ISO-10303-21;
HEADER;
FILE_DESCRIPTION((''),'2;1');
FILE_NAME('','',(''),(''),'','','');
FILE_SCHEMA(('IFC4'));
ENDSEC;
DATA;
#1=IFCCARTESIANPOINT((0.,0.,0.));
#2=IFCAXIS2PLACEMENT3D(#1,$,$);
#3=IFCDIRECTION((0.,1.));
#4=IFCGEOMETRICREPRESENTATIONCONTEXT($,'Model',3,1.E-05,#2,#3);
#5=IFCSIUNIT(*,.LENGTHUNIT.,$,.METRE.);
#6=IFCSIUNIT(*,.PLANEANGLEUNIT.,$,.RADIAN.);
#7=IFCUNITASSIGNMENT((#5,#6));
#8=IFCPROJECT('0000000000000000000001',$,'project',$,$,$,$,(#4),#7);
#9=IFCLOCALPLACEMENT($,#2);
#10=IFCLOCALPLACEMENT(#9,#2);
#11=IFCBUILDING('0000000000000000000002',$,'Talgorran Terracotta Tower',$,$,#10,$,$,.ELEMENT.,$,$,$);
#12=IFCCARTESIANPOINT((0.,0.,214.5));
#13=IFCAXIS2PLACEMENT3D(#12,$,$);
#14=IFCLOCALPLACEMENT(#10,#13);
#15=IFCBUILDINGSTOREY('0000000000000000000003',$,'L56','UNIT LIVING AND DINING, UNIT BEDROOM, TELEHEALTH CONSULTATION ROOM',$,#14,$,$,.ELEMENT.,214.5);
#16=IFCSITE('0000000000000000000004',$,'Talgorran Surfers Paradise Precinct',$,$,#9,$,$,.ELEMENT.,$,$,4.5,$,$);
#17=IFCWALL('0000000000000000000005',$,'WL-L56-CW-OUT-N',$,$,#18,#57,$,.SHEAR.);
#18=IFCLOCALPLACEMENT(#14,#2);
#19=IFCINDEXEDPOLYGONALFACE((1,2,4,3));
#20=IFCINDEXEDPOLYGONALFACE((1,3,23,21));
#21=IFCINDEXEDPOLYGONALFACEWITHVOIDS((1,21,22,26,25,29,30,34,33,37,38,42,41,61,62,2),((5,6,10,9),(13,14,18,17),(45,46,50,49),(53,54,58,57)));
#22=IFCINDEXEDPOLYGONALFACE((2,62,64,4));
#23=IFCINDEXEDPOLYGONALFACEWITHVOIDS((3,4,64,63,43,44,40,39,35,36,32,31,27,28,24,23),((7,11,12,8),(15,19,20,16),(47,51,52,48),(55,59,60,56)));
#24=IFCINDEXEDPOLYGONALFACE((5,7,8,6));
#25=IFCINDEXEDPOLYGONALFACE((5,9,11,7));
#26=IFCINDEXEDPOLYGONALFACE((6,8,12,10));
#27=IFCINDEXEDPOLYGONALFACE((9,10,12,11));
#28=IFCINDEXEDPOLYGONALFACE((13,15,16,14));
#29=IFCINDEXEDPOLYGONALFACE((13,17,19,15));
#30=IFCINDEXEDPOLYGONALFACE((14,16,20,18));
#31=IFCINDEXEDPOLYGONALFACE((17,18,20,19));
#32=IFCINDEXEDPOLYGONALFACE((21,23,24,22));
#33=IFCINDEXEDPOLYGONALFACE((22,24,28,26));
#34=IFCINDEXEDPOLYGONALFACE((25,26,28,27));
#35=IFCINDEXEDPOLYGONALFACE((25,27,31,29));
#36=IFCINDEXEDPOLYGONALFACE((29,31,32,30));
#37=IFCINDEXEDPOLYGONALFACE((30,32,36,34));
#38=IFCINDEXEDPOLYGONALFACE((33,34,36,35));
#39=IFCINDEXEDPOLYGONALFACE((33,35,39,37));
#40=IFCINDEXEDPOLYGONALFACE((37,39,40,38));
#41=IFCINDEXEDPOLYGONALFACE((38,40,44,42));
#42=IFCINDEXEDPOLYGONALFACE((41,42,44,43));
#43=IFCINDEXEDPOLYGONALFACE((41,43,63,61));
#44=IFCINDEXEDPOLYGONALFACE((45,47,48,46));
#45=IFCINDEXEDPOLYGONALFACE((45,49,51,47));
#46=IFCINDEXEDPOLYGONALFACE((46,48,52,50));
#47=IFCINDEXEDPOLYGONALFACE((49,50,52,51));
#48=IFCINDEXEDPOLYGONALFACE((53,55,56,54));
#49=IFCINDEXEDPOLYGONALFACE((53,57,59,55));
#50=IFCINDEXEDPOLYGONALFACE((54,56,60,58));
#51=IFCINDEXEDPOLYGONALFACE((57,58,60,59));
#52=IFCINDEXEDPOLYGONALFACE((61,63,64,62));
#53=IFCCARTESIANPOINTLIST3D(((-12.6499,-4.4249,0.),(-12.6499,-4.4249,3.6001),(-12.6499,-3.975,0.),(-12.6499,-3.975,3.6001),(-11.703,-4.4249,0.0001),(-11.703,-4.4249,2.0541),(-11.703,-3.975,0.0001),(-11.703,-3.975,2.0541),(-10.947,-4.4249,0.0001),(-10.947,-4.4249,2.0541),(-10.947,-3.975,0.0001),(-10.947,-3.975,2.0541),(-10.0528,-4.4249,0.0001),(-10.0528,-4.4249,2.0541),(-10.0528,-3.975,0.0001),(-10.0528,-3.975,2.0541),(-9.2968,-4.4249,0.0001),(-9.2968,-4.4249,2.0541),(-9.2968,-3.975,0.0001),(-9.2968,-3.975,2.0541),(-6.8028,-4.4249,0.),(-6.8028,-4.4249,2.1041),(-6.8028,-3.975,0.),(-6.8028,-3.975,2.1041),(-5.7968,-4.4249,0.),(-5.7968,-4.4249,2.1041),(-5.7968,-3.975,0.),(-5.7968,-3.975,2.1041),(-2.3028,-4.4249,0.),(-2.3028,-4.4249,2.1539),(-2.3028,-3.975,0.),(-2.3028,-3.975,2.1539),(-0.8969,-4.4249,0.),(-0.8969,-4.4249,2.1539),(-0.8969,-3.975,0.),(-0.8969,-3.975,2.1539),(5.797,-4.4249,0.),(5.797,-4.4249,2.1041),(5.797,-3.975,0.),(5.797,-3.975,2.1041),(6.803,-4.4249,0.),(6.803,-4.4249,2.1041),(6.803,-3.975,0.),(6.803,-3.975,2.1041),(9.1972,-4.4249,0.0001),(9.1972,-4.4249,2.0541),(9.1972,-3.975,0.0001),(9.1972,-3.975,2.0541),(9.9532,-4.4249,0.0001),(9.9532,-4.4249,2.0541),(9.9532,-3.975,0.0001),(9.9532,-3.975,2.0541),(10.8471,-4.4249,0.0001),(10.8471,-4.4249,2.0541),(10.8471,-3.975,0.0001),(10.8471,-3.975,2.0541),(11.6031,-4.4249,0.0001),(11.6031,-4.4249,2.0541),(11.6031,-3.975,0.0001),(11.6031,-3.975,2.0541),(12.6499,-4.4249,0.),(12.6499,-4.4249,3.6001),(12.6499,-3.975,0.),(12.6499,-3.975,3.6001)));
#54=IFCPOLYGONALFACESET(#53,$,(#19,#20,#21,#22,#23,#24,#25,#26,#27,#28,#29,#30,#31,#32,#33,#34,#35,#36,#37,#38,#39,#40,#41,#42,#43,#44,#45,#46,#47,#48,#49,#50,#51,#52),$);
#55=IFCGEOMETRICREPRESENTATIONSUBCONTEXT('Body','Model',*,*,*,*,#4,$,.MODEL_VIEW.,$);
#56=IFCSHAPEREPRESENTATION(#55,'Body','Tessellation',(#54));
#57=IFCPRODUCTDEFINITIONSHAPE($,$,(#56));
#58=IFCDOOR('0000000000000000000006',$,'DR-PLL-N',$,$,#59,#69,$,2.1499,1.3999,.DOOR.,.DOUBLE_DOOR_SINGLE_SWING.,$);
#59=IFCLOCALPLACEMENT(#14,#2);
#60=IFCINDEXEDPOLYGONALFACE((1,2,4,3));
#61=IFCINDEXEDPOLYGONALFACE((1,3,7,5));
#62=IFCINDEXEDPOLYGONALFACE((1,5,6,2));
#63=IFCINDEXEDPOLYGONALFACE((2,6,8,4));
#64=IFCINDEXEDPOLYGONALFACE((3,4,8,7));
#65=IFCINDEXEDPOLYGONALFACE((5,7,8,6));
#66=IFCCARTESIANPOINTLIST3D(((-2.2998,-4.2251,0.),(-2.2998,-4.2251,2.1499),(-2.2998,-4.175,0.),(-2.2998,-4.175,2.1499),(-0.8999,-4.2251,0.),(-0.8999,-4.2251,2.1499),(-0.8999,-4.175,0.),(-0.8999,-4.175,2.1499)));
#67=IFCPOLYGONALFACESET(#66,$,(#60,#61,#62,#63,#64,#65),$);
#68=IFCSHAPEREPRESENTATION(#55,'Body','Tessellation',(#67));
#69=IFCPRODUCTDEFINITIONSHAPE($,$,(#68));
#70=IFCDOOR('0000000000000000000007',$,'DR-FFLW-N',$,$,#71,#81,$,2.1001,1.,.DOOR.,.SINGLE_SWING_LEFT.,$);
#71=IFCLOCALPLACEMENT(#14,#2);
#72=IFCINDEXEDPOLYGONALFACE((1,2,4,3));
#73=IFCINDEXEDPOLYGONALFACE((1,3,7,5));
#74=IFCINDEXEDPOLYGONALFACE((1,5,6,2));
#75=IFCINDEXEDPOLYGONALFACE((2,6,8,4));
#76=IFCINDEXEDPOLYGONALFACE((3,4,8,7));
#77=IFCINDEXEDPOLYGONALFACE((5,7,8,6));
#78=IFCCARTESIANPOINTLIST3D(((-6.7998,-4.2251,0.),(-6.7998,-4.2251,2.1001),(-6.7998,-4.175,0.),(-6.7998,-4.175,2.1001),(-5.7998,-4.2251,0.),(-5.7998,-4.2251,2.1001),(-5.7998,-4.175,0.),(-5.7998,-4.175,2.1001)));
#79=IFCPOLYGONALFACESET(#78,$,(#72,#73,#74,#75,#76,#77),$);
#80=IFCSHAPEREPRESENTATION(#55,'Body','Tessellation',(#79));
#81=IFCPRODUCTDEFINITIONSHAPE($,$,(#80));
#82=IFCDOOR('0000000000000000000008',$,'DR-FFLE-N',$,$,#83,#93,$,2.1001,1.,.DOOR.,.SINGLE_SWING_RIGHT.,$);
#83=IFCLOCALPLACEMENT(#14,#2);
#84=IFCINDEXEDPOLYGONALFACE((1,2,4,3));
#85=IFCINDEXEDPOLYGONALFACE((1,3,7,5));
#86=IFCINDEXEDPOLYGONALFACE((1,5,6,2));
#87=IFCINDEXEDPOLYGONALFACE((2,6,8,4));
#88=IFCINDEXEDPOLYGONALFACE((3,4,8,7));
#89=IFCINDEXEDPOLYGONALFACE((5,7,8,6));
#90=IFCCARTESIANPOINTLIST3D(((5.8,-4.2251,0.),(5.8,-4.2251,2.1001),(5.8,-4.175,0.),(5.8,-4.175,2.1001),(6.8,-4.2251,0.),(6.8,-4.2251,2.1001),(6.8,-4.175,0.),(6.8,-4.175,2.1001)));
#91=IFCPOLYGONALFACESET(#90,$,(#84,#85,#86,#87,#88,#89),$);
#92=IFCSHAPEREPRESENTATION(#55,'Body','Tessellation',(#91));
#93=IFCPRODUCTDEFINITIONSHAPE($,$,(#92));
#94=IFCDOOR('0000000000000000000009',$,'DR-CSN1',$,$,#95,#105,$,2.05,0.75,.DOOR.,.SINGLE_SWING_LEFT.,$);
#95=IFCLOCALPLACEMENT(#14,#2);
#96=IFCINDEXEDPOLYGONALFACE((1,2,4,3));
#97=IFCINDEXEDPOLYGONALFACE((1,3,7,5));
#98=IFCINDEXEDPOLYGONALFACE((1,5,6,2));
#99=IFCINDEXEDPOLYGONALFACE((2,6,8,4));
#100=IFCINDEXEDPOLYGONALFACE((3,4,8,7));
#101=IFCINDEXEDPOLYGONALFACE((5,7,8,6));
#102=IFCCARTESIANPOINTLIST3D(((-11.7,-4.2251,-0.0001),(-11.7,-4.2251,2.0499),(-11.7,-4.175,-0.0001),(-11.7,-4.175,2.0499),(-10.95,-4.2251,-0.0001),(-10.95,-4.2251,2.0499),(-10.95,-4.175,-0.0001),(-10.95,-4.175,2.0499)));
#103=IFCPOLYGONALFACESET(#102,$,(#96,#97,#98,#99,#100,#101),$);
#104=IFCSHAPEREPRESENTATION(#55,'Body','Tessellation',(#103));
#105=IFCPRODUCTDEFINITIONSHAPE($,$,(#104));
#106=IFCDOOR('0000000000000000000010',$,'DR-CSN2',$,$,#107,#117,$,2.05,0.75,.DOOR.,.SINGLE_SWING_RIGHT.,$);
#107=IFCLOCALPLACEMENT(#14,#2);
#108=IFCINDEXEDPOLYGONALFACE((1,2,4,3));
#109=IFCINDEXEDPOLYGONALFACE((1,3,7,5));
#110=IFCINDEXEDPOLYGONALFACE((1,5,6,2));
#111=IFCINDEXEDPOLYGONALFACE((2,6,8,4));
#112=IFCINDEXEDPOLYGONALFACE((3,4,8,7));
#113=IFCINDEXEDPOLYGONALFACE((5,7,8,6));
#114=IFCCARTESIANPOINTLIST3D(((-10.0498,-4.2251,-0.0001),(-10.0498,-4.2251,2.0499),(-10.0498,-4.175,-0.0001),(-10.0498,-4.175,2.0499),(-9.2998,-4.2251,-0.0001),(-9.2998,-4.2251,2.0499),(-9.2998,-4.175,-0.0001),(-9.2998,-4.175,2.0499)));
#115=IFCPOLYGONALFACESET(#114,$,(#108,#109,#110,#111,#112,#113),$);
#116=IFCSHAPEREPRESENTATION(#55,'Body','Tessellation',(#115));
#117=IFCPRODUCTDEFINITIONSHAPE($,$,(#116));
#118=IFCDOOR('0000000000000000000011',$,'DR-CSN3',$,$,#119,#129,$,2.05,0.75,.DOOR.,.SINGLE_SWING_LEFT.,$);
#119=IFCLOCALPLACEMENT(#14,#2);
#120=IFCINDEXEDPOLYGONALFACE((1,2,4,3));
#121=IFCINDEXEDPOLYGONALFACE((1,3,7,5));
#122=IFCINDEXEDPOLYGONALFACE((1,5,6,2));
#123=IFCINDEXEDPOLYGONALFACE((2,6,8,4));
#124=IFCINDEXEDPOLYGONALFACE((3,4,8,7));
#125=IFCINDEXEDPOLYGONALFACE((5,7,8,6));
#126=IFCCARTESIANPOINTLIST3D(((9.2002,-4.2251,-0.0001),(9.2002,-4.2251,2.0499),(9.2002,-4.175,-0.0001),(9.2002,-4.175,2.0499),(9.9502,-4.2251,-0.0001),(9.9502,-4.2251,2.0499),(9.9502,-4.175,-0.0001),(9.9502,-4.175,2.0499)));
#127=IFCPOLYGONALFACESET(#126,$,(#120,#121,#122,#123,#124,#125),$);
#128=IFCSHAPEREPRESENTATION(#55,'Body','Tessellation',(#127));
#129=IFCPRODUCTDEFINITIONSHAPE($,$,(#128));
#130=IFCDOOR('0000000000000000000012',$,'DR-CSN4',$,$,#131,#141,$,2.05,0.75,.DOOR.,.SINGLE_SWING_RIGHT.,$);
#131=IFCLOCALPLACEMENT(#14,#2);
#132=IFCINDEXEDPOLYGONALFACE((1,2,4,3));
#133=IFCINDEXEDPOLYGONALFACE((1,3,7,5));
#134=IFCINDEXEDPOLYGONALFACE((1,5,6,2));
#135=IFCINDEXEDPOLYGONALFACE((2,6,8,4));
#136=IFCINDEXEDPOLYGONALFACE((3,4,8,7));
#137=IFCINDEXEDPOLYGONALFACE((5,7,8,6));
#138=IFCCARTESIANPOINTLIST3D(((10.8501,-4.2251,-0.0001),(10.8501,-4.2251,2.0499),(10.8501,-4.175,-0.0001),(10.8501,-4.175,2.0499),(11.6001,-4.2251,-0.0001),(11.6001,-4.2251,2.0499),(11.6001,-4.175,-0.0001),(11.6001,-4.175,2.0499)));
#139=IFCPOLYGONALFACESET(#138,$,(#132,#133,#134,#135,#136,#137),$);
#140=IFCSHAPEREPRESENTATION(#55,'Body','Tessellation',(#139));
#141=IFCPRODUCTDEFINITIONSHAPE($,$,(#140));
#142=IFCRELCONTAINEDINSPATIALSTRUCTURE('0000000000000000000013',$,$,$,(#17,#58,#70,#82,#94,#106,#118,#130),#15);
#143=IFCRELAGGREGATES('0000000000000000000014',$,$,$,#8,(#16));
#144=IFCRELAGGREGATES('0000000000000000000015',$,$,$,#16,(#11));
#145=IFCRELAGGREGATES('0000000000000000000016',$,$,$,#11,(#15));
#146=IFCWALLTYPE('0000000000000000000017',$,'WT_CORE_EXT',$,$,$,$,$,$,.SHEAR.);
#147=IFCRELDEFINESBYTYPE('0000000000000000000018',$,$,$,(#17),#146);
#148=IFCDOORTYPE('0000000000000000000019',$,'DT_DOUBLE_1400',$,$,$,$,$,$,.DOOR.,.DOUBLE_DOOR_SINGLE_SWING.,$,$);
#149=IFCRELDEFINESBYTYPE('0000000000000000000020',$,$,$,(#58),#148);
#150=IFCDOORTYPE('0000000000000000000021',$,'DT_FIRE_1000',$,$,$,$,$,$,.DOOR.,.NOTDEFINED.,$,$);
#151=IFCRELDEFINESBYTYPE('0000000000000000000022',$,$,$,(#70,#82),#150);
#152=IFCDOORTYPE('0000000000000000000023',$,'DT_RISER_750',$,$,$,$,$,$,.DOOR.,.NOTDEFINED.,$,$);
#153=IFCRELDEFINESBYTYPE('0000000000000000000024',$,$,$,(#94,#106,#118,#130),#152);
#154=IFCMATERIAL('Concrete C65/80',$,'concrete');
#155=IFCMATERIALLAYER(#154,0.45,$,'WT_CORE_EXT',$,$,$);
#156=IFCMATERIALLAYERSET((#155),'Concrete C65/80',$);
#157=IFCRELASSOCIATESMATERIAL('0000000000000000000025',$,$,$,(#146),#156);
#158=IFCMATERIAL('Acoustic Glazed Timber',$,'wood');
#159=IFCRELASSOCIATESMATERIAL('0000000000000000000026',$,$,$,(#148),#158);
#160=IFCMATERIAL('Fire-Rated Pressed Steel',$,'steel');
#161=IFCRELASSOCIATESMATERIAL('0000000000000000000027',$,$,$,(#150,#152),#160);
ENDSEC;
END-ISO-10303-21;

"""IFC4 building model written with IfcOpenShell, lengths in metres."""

from ifc_helpers import new_model, si_unit, direction, frame, frame_2d, origin, place, context, subcontext, project, spatial, rectangle, extrude, material, layer, layer_set, type_object, element, fill, save


model = new_model("IFC4")

# Units and contexts
model_context = context("Model", 3, precision=1e-05, world=origin(), true_north=direction((0.0, 1.0)))
body_context = subcontext(model_context, "Body", "Model", "MODEL_VIEW")
ifc_project = project(units=[si_unit("LENGTHUNIT", "METRE"), si_unit("PLANEANGLEUNIT", "RADIAN")], contexts=[model_context])

# Site, building, storey
site_placement = place(None, origin())
site = spatial("IfcSite", under=ifc_project, at=site_placement, Name="Talgorran Surfers Paradise Precinct", CompositionType="ELEMENT", RefElevation=4.5)
building_placement = place(site_placement, origin())
building = spatial("IfcBuilding", under=site, at=building_placement, Name="Talgorran Terracotta Tower", CompositionType="ELEMENT")
storey_placement = place(building_placement, frame((0.0, 0.0, 214.5)))
storey = spatial("IfcBuildingStorey", under=building, at=storey_placement, Name="L56", Description="UNIT LIVING AND DINING, UNIT BEDROOM, TELEHEALTH CONSULTATION ROOM", CompositionType="ELEMENT", Elevation=214.5)

# Wall, openings, doors
ifc_material_1 = material(Name="Concrete C65/80", Category="concrete")
ifc_layer_1 = layer(ifc_material_1, 0.45, Name="WT_CORE_EXT")
ifc_layer_set_1 = layer_set([ifc_layer_1], Name="Concrete C65/80")
wall_type_1 = type_object("IfcWallType", Name="WT_CORE_EXT", PredefinedType="SHEAR", material=ifc_layer_set_1)
wall_1_placement = place(storey_placement, frame((-12.6499, -4.2, 0.0), z_axis=(0.0, 0.0, 1.0), x_axis=(1.0, 0.0, 0.0)))
wall_1 = element("IfcWall", 1, at=wall_1_placement, inside=storey, type_object=wall_type_1, Name="WL-L56-CW-OUT-N", PredefinedType="SHEAR", context=body_context, shape_type="SweptSolid", body=[
    extrude(rectangle(XDim=25.2998, YDim=0.45, at=frame_2d((12.6499, 0.0))), origin(), (0.0, 0.0, 1.0), 3.6001),
])
opening_1_placement = place(wall_1_placement, frame((0.95, 0.0, 0.0)))
opening_1 = element("IfcOpeningElement", 2, at=opening_1_placement, cuts=wall_1, PredefinedType="OPENING", context=body_context, shape_type="SweptSolid", body=[
    extrude(rectangle(XDim=0.756, YDim=2.054, at=frame_2d((0.375, 1.0271))), frame((0.0, 0.2349, 0.0), z_axis=(0.0, -1.0, 0.0), x_axis=(1.0, 0.0, 0.0)), (0.0, 0.0, 1.0), 0.47),
])
opening_2_placement = place(wall_1_placement, frame((2.6001, 0.0, 0.0)))
opening_2 = element("IfcOpeningElement", 3, at=opening_2_placement, cuts=wall_1, PredefinedType="OPENING", context=body_context, shape_type="SweptSolid", body=[
    extrude(rectangle(XDim=0.756, YDim=2.054, at=frame_2d((0.375, 1.0271))), frame((0.0, 0.2349, 0.0), z_axis=(0.0, -1.0, 0.0), x_axis=(1.0, 0.0, 0.0)), (0.0, 0.0, 1.0), 0.47),
])
opening_3_placement = place(wall_1_placement, frame((21.8501, 0.0, 0.0)))
opening_3 = element("IfcOpeningElement", 4, at=opening_3_placement, cuts=wall_1, PredefinedType="OPENING", context=body_context, shape_type="SweptSolid", body=[
    extrude(rectangle(XDim=0.756, YDim=2.054, at=frame_2d((0.375, 1.0271))), frame((0.0, 0.2349, 0.0), z_axis=(0.0, -1.0, 0.0), x_axis=(1.0, 0.0, 0.0)), (0.0, 0.0, 1.0), 0.47),
])
opening_4_placement = place(wall_1_placement, frame((23.5, 0.0, 0.0)))
opening_4 = element("IfcOpeningElement", 5, at=opening_4_placement, cuts=wall_1, PredefinedType="OPENING", context=body_context, shape_type="SweptSolid", body=[
    extrude(rectangle(XDim=0.756, YDim=2.054, at=frame_2d((0.375, 1.0271))), frame((0.0, 0.2349, 0.0), z_axis=(0.0, -1.0, 0.0), x_axis=(1.0, 0.0, 0.0)), (0.0, 0.0, 1.0), 0.47),
])
opening_5_placement = place(wall_1_placement, frame((5.8501, 0.0, 0.0)))
opening_5 = element("IfcOpeningElement", 6, at=opening_5_placement, cuts=wall_1, PredefinedType="OPENING", context=body_context, shape_type="SweptSolid", body=[
    extrude(rectangle(XDim=1.006, YDim=2.1041, at=frame_2d((0.5, 1.052))), frame((0.0, 0.2349, 0.0), z_axis=(0.0, -1.0, 0.0), x_axis=(1.0, 0.0, 0.0)), (0.0, 0.0, 1.0), 0.47),
])
opening_6_placement = place(wall_1_placement, frame((10.3501, 0.0, 0.0)))
opening_6 = element("IfcOpeningElement", 7, at=opening_6_placement, cuts=wall_1, PredefinedType="OPENING", context=body_context, shape_type="SweptSolid", body=[
    extrude(rectangle(XDim=1.4059, YDim=2.1539, at=frame_2d((0.7, 1.0769))), frame((0.0, 0.2349, 0.0), z_axis=(0.0, -1.0, 0.0), x_axis=(1.0, 0.0, 0.0)), (0.0, 0.0, 1.0), 0.47),
])
opening_7_placement = place(wall_1_placement, frame((18.45, 0.0, 0.0)))
opening_7 = element("IfcOpeningElement", 8, at=opening_7_placement, cuts=wall_1, PredefinedType="OPENING", context=body_context, shape_type="SweptSolid", body=[
    extrude(rectangle(XDim=1.006, YDim=2.1041, at=frame_2d((0.5, 1.052))), frame((0.0, 0.2349, 0.0), z_axis=(0.0, -1.0, 0.0), x_axis=(1.0, 0.0, 0.0)), (0.0, 0.0, 1.0), 0.47),
])
ifc_material_2 = material(Name="Acoustic Glazed Timber", Category="wood")
door_type_1 = type_object("IfcDoorType", Name="DT_DOUBLE_1400", OperationType="DOUBLE_DOOR_SINGLE_SWING", PredefinedType="DOOR", material=ifc_material_2)
door_1_placement = place(opening_6_placement, origin())
door_1 = element("IfcDoor", 9, at=door_1_placement, inside=storey, type_object=door_type_1, Name="DR-PLL-N", OperationType="DOUBLE_DOOR_SINGLE_SWING", OverallHeight=2.1499, OverallWidth=1.3999, PredefinedType="DOOR", context=body_context, shape_type="SweptSolid", body=[
    extrude(rectangle(XDim=1.3999, YDim=2.1499, at=frame_2d((0.7, 1.075))), frame((0.0, 0.0249, 0.0), z_axis=(0.0, -1.0, 0.0), x_axis=(1.0, 0.0, 0.0)), (0.0, 0.0, 1.0), 0.05),
])
fill(opening_6, door_1)
ifc_material_3 = material(Name="Fire-Rated Pressed Steel", Category="steel")
door_type_2 = type_object("IfcDoorType", Name="DT_FIRE_1000", OperationType="NOTDEFINED", PredefinedType="DOOR", material=ifc_material_3)
door_2_placement = place(opening_5_placement, origin())
door_2 = element("IfcDoor", 10, at=door_2_placement, inside=storey, type_object=door_type_2, Name="DR-FFLW-N", OperationType="SINGLE_SWING_LEFT", OverallHeight=2.1001, OverallWidth=1.0, PredefinedType="DOOR", context=body_context, shape_type="SweptSolid", body=[
    extrude(rectangle(XDim=1.0, YDim=2.1001, at=frame_2d((0.5, 1.05))), frame((0.0, 0.0249, 0.0), z_axis=(0.0, -1.0, 0.0), x_axis=(1.0, 0.0, 0.0)), (0.0, 0.0, 1.0), 0.05),
])
fill(opening_5, door_2)
door_3_placement = place(opening_7_placement, origin())
door_3 = element("IfcDoor", 11, at=door_3_placement, inside=storey, type_object=door_type_2, Name="DR-FFLE-N", OperationType="SINGLE_SWING_RIGHT", OverallHeight=2.1001, OverallWidth=1.0, PredefinedType="DOOR", context=body_context, shape_type="SweptSolid", body=[
    extrude(rectangle(XDim=1.0, YDim=2.1001, at=frame_2d((0.5, 1.05))), frame((0.0, 0.0249, 0.0), z_axis=(0.0, -1.0, 0.0), x_axis=(1.0, 0.0, 0.0)), (0.0, 0.0, 1.0), 0.05),
])
fill(opening_7, door_3)
door_type_3 = type_object("IfcDoorType", Name="DT_RISER_750", OperationType="NOTDEFINED", PredefinedType="DOOR", material=ifc_material_3)
door_4_placement = place(opening_1_placement, origin())
door_4 = element("IfcDoor", 12, at=door_4_placement, inside=storey, type_object=door_type_3, Name="DR-CSN1", OperationType="SINGLE_SWING_LEFT", OverallHeight=2.05, OverallWidth=0.75, PredefinedType="DOOR", context=body_context, shape_type="SweptSolid", body=[
    extrude(rectangle(XDim=0.75, YDim=2.05, at=frame_2d((0.375, 1.0249))), frame((0.0, 0.0249, 0.0), z_axis=(0.0, -1.0, 0.0), x_axis=(1.0, 0.0, 0.0)), (0.0, 0.0, 1.0), 0.05),
])
fill(opening_1, door_4)
door_5_placement = place(opening_2_placement, origin())
door_5 = element("IfcDoor", 13, at=door_5_placement, inside=storey, type_object=door_type_3, Name="DR-CSN2", OperationType="SINGLE_SWING_RIGHT", OverallHeight=2.05, OverallWidth=0.75, PredefinedType="DOOR", context=body_context, shape_type="SweptSolid", body=[
    extrude(rectangle(XDim=0.75, YDim=2.05, at=frame_2d((0.375, 1.0249))), frame((0.0, 0.0249, 0.0), z_axis=(0.0, -1.0, 0.0), x_axis=(1.0, 0.0, 0.0)), (0.0, 0.0, 1.0), 0.05),
])
fill(opening_2, door_5)
door_6_placement = place(opening_3_placement, origin())
door_6 = element("IfcDoor", 14, at=door_6_placement, inside=storey, type_object=door_type_3, Name="DR-CSN3", OperationType="SINGLE_SWING_LEFT", OverallHeight=2.05, OverallWidth=0.75, PredefinedType="DOOR", context=body_context, shape_type="SweptSolid", body=[
    extrude(rectangle(XDim=0.75, YDim=2.05, at=frame_2d((0.375, 1.0249))), frame((0.0, 0.0249, 0.0), z_axis=(0.0, -1.0, 0.0), x_axis=(1.0, 0.0, 0.0)), (0.0, 0.0, 1.0), 0.05),
])
fill(opening_3, door_6)
door_7_placement = place(opening_4_placement, origin())
door_7 = element("IfcDoor", 15, at=door_7_placement, inside=storey, type_object=door_type_3, Name="DR-CSN4", OperationType="SINGLE_SWING_RIGHT", OverallHeight=2.05, OverallWidth=0.75, PredefinedType="DOOR", context=body_context, shape_type="SweptSolid", body=[
    extrude(rectangle(XDim=0.75, YDim=2.05, at=frame_2d((0.375, 1.0249))), frame((0.0, 0.0249, 0.0), z_axis=(0.0, -1.0, 0.0), x_axis=(1.0, 0.0, 0.0)), (0.0, 0.0, 1.0), 0.05),
])
fill(opening_4, door_7)

save(model, "model.ifc")
